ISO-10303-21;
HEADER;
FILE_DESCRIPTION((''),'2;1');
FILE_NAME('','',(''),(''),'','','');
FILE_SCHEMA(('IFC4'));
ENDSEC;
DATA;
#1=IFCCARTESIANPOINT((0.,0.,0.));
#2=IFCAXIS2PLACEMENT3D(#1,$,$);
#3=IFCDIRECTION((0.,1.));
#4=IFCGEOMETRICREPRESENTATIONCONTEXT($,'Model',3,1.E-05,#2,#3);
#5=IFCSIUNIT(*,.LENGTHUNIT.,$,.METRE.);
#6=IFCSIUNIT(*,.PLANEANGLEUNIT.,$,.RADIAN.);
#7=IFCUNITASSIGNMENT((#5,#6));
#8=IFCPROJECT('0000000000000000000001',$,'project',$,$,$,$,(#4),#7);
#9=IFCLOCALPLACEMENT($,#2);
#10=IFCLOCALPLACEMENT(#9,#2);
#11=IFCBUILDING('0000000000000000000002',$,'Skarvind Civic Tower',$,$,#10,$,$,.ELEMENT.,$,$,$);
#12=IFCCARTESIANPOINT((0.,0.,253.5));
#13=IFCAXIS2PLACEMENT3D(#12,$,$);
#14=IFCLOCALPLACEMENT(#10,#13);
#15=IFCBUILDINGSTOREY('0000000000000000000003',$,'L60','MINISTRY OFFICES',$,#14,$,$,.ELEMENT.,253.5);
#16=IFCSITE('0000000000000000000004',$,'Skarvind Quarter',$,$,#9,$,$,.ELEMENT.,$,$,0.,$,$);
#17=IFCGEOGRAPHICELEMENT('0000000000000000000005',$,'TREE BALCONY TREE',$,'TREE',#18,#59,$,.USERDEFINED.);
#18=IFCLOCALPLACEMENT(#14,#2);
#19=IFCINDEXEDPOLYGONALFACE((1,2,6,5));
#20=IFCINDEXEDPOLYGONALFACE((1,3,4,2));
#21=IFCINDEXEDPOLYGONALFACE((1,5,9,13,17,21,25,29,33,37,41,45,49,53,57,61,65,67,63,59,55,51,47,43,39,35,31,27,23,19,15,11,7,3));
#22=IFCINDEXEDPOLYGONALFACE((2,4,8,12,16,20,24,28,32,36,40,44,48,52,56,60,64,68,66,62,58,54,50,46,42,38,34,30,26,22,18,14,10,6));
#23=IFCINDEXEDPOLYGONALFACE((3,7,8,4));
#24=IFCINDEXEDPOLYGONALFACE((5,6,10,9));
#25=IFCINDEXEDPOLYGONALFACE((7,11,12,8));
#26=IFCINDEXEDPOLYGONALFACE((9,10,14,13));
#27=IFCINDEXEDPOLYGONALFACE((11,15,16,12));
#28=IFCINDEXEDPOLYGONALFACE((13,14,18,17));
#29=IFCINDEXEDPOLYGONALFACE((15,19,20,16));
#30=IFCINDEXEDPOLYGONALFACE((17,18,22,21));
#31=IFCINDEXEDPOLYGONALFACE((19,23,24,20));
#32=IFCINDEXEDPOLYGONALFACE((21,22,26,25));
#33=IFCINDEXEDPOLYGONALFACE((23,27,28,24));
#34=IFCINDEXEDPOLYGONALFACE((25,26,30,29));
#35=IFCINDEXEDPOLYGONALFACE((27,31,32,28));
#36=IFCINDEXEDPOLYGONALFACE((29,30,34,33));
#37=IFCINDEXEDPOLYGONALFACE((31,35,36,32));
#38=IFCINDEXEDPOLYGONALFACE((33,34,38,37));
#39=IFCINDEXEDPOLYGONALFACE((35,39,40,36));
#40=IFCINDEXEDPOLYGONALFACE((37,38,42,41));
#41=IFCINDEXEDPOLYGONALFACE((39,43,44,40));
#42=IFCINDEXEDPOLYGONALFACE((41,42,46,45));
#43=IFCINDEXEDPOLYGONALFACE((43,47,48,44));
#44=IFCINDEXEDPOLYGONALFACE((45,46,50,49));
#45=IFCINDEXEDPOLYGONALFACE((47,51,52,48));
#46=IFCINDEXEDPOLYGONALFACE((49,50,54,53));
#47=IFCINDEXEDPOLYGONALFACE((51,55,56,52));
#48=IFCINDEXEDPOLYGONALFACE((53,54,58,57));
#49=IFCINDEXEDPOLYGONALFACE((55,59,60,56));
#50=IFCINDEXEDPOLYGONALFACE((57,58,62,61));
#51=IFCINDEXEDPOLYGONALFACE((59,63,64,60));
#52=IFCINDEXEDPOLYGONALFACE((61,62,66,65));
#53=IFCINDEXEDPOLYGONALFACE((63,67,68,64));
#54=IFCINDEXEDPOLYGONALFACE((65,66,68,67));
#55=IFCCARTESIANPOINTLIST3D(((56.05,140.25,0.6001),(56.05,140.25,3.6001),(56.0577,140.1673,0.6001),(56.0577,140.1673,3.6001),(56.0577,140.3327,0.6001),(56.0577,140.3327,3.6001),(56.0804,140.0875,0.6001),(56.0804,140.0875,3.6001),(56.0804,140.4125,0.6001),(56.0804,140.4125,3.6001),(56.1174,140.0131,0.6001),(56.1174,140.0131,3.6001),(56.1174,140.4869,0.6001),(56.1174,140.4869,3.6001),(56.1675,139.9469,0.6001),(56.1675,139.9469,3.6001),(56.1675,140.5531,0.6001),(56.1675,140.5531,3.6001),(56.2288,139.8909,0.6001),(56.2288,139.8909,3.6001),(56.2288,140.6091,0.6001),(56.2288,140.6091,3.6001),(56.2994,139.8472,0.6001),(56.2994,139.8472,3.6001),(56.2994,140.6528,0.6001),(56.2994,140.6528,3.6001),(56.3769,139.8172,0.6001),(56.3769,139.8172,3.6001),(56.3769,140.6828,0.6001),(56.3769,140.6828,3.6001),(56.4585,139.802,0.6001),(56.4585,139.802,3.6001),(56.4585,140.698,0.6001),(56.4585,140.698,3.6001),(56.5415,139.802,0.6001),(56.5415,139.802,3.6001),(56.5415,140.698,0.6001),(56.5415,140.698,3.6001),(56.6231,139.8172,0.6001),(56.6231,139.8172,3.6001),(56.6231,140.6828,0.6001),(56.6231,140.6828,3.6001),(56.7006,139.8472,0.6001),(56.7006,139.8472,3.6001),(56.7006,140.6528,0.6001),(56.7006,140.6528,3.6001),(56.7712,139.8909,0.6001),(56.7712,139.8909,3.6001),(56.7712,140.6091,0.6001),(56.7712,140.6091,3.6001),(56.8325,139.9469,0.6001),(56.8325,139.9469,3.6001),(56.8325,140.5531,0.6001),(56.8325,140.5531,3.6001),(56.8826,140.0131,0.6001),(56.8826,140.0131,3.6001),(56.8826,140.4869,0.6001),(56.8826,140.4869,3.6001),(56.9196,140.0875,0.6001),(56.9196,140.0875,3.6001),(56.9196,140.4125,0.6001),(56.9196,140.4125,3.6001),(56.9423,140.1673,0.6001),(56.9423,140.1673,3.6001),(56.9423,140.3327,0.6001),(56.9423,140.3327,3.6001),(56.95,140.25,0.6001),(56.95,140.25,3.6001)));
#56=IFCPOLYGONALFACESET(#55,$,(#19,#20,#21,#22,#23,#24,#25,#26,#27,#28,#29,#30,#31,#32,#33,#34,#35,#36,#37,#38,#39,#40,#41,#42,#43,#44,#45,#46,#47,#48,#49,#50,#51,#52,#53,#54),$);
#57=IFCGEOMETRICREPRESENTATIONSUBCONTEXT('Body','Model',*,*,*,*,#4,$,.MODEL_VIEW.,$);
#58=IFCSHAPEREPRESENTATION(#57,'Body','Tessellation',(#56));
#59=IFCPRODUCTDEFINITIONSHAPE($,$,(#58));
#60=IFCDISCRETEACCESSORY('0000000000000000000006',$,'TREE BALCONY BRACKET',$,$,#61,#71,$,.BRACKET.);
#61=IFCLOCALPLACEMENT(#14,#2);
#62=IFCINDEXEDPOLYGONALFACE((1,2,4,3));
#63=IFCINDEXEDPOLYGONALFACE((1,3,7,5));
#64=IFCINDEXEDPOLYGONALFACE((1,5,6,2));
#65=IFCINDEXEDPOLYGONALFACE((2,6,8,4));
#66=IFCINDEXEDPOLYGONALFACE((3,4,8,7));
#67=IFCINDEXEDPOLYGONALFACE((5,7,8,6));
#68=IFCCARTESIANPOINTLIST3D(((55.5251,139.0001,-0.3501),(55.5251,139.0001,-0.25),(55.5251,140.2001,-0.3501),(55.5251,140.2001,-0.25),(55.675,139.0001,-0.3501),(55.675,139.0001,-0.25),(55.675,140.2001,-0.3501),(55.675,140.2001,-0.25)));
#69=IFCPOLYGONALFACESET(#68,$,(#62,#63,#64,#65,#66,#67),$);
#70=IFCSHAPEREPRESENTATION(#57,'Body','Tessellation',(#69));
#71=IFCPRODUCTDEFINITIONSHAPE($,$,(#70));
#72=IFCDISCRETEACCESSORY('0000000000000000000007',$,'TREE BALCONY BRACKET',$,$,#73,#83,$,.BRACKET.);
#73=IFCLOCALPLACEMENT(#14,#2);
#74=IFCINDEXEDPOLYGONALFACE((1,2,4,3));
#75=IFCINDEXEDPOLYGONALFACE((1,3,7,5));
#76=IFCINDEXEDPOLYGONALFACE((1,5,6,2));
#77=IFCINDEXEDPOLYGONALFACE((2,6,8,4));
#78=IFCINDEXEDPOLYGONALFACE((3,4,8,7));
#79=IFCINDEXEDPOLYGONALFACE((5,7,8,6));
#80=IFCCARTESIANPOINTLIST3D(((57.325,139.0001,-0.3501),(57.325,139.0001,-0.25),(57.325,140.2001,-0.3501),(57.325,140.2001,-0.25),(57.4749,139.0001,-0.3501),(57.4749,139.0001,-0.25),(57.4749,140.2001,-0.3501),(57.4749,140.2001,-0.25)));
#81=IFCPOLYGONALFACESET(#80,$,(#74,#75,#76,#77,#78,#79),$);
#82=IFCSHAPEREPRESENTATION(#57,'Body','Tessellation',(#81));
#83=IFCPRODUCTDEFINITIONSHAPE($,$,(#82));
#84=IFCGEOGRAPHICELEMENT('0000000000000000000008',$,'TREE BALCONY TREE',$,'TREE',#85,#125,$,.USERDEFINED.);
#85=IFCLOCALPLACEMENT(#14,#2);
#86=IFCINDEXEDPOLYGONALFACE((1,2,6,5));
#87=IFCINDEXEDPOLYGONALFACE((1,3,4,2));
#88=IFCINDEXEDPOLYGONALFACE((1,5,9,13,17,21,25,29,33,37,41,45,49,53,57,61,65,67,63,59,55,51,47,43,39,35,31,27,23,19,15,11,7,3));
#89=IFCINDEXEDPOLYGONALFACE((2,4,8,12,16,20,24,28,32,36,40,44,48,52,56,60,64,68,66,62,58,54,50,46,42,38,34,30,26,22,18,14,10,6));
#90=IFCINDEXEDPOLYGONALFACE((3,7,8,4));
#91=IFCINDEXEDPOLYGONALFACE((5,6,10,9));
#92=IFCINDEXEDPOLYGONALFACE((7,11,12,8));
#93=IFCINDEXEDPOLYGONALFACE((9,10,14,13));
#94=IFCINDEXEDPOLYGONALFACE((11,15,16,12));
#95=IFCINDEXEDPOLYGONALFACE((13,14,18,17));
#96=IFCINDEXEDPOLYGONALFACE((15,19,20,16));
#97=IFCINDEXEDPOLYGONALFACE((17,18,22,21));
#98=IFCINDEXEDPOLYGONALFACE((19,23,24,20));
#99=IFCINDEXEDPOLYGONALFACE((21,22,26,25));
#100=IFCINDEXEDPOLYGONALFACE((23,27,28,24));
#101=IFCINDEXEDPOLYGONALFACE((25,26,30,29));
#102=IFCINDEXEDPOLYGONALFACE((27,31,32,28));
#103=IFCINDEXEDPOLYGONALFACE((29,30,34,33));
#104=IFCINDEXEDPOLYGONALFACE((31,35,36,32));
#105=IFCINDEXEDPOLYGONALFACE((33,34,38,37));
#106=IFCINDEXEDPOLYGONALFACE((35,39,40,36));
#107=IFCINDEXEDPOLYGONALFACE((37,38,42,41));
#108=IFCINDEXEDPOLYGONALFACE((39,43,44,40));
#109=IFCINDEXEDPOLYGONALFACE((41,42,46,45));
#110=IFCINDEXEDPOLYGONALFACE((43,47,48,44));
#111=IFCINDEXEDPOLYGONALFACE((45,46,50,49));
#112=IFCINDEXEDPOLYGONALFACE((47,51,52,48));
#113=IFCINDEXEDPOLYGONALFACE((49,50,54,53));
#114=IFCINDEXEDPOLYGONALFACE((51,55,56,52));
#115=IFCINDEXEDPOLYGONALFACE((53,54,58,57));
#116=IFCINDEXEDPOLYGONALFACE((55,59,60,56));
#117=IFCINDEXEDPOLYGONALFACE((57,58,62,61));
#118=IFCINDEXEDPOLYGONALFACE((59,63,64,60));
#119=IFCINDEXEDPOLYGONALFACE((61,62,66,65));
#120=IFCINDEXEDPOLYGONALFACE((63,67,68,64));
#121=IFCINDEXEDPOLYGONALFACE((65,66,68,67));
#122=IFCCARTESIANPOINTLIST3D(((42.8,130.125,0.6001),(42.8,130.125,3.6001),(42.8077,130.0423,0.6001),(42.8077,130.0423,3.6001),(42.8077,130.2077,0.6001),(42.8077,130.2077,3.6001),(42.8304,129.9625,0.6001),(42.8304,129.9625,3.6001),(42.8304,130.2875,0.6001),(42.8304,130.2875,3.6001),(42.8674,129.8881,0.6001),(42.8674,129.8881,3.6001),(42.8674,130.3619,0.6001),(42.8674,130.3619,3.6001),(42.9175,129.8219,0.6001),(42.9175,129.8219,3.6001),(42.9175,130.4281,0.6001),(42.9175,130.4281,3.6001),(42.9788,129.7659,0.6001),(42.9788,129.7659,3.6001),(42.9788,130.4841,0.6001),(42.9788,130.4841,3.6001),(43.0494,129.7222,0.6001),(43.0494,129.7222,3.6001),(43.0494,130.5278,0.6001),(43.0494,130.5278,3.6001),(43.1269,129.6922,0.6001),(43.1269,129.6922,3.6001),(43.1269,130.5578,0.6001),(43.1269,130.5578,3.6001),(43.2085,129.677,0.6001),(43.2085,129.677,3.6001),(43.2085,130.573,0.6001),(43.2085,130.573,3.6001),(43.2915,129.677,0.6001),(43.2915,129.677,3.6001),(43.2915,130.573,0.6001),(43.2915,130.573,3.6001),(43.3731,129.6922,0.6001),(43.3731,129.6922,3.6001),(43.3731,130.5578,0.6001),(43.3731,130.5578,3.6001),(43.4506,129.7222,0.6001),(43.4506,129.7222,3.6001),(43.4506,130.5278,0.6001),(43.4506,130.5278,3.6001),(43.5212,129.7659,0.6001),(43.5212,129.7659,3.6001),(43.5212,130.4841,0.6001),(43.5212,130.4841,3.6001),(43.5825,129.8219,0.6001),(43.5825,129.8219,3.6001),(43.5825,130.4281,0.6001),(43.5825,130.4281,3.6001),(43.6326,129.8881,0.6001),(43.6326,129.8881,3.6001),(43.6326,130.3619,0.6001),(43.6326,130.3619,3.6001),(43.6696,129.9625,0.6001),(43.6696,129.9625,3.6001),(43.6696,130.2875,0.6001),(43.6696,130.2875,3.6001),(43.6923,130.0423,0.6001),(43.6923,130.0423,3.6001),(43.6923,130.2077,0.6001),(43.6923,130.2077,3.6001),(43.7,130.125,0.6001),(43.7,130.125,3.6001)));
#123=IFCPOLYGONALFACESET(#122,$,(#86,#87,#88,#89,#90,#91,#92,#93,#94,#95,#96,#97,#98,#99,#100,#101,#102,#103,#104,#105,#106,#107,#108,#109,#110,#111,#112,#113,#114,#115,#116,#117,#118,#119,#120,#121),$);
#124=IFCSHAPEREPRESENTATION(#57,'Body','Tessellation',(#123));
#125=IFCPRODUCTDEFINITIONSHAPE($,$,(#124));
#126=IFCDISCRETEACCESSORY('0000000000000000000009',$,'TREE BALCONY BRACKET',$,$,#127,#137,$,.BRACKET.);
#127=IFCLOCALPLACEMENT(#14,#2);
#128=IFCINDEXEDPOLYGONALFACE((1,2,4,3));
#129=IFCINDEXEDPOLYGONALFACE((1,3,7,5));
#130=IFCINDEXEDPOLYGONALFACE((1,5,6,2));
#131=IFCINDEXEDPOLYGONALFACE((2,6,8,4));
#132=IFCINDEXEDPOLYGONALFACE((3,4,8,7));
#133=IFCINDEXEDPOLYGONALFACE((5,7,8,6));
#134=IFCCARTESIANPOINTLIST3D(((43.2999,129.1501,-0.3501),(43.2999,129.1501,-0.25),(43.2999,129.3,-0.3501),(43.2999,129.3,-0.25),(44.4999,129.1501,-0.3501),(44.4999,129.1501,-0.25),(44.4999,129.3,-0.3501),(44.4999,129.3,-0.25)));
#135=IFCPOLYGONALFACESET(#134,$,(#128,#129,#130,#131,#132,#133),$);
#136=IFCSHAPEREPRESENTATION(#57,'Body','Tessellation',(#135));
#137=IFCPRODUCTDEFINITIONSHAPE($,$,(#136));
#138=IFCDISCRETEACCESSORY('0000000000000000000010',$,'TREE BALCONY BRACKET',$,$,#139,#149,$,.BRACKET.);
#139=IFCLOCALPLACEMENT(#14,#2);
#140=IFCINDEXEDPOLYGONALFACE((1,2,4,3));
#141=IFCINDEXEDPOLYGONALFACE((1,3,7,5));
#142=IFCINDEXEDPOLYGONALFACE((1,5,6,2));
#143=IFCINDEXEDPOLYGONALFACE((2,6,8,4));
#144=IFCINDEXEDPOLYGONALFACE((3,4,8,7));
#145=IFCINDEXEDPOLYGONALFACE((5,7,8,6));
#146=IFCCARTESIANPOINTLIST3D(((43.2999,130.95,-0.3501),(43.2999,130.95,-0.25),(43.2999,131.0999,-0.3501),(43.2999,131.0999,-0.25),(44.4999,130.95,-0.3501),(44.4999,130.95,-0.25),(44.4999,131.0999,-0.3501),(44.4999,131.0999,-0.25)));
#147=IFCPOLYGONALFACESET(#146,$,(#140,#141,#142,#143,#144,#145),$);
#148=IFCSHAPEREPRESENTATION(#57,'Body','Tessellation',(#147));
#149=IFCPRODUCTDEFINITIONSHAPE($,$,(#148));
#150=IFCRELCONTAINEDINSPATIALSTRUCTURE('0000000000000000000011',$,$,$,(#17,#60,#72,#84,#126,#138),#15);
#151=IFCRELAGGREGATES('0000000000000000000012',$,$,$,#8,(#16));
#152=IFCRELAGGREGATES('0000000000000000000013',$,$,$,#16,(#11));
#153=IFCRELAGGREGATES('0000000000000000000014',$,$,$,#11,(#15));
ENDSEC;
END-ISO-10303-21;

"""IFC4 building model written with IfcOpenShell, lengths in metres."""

from ifc_helpers import new_model, si_unit, direction, frame, origin, origin_2d, place, context, subcontext, project, spatial, rectangle, circle, extrude, element, save


model = new_model("IFC4")

# Units and contexts
model_context = context("Model", 3, precision=1e-05, world=origin(), true_north=direction((0.0, 1.0)))
body_context = subcontext(model_context, "Body", "Model", "MODEL_VIEW")
ifc_project = project(units=[si_unit("LENGTHUNIT", "METRE"), si_unit("PLANEANGLEUNIT", "RADIAN")], contexts=[model_context])

# Site, building, storey
site_placement = place(None, origin())
site = spatial("IfcSite", under=ifc_project, at=site_placement, Name="Skarvind Quarter", CompositionType="ELEMENT", RefElevation=0.0)
building_placement = place(site_placement, origin())
building = spatial("IfcBuilding", under=site, at=building_placement, Name="Skarvind Civic Tower", CompositionType="ELEMENT")
storey_placement = place(building_placement, frame((0.0, 0.0, 253.5)))
storey = spatial("IfcBuildingStorey", under=building, at=storey_placement, Name="L60", Description="MINISTRY OFFICES", CompositionType="ELEMENT", Elevation=253.5)

# Geographic element
geographic_element_1_placement = place(storey_placement, frame((56.5, 140.25, 0.6001), z_axis=(0.0, 0.0, 1.0), x_axis=(1.0, 0.0, 0.0)))
element("IfcGeographicElement", 1, at=geographic_element_1_placement, inside=storey, Name="TREE BALCONY TREE", ObjectType="TREE", PredefinedType="USERDEFINED", context=body_context, shape_type="SweptSolid", body=[
    extrude(circle(Radius=0.45, at=origin_2d()), origin(), (0.0, 0.0, 1.0), 3.0),
])

# Discrete accessories
for number, where, z_axis, x_axis, name in (
    (2, (55.6001, 139.6001, -0.3501), (0.0, 0.0, 1.0), (1.0, 0.0, 0.0), "TREE BALCONY BRACKET"),
    (3, (57.3999, 139.6001, -0.3501), (0.0, 0.0, 1.0), (1.0, 0.0, 0.0), "TREE BALCONY BRACKET"),
):
    element("IfcDiscreteAccessory", number, at=place(storey_placement, frame(where, z_axis=z_axis, x_axis=x_axis)), inside=storey, Name=name, PredefinedType="BRACKET", context=body_context, shape_type="SweptSolid", body=[
        extrude(rectangle(XDim=0.1499, YDim=1.2, at=origin_2d()), origin(), (0.0, 0.0, 1.0), 0.1001),
    ])

# Geographic element
geographic_element_2_placement = place(storey_placement, frame((43.25, 130.125, 0.6001), z_axis=(0.0, 0.0, 1.0), x_axis=(1.0, 0.0, 0.0)))
element("IfcGeographicElement", 4, at=geographic_element_2_placement, inside=storey, Name="TREE BALCONY TREE", ObjectType="TREE", PredefinedType="USERDEFINED", context=body_context, shape_type="SweptSolid", body=[
    extrude(circle(Radius=0.45, at=origin_2d()), origin(), (0.0, 0.0, 1.0), 3.0),
])

# Discrete accessories
for number, where, z_axis, x_axis, name in (
    (5, (43.8999, 129.2251, -0.3501), (0.0, 0.0, 1.0), (0.0, 1.0, 0.0), "TREE BALCONY BRACKET"),
    (6, (43.8999, 131.0249, -0.3501), (0.0, 0.0, 1.0), (0.0, 1.0, 0.0), "TREE BALCONY BRACKET"),
):
    element("IfcDiscreteAccessory", number, at=place(storey_placement, frame(where, z_axis=z_axis, x_axis=x_axis)), inside=storey, Name=name, PredefinedType="BRACKET", context=body_context, shape_type="SweptSolid", body=[
        extrude(rectangle(XDim=0.1499, YDim=1.2, at=origin_2d()), origin(), (0.0, 0.0, 1.0), 0.1001),
    ])

save(model, "model.ifc")
